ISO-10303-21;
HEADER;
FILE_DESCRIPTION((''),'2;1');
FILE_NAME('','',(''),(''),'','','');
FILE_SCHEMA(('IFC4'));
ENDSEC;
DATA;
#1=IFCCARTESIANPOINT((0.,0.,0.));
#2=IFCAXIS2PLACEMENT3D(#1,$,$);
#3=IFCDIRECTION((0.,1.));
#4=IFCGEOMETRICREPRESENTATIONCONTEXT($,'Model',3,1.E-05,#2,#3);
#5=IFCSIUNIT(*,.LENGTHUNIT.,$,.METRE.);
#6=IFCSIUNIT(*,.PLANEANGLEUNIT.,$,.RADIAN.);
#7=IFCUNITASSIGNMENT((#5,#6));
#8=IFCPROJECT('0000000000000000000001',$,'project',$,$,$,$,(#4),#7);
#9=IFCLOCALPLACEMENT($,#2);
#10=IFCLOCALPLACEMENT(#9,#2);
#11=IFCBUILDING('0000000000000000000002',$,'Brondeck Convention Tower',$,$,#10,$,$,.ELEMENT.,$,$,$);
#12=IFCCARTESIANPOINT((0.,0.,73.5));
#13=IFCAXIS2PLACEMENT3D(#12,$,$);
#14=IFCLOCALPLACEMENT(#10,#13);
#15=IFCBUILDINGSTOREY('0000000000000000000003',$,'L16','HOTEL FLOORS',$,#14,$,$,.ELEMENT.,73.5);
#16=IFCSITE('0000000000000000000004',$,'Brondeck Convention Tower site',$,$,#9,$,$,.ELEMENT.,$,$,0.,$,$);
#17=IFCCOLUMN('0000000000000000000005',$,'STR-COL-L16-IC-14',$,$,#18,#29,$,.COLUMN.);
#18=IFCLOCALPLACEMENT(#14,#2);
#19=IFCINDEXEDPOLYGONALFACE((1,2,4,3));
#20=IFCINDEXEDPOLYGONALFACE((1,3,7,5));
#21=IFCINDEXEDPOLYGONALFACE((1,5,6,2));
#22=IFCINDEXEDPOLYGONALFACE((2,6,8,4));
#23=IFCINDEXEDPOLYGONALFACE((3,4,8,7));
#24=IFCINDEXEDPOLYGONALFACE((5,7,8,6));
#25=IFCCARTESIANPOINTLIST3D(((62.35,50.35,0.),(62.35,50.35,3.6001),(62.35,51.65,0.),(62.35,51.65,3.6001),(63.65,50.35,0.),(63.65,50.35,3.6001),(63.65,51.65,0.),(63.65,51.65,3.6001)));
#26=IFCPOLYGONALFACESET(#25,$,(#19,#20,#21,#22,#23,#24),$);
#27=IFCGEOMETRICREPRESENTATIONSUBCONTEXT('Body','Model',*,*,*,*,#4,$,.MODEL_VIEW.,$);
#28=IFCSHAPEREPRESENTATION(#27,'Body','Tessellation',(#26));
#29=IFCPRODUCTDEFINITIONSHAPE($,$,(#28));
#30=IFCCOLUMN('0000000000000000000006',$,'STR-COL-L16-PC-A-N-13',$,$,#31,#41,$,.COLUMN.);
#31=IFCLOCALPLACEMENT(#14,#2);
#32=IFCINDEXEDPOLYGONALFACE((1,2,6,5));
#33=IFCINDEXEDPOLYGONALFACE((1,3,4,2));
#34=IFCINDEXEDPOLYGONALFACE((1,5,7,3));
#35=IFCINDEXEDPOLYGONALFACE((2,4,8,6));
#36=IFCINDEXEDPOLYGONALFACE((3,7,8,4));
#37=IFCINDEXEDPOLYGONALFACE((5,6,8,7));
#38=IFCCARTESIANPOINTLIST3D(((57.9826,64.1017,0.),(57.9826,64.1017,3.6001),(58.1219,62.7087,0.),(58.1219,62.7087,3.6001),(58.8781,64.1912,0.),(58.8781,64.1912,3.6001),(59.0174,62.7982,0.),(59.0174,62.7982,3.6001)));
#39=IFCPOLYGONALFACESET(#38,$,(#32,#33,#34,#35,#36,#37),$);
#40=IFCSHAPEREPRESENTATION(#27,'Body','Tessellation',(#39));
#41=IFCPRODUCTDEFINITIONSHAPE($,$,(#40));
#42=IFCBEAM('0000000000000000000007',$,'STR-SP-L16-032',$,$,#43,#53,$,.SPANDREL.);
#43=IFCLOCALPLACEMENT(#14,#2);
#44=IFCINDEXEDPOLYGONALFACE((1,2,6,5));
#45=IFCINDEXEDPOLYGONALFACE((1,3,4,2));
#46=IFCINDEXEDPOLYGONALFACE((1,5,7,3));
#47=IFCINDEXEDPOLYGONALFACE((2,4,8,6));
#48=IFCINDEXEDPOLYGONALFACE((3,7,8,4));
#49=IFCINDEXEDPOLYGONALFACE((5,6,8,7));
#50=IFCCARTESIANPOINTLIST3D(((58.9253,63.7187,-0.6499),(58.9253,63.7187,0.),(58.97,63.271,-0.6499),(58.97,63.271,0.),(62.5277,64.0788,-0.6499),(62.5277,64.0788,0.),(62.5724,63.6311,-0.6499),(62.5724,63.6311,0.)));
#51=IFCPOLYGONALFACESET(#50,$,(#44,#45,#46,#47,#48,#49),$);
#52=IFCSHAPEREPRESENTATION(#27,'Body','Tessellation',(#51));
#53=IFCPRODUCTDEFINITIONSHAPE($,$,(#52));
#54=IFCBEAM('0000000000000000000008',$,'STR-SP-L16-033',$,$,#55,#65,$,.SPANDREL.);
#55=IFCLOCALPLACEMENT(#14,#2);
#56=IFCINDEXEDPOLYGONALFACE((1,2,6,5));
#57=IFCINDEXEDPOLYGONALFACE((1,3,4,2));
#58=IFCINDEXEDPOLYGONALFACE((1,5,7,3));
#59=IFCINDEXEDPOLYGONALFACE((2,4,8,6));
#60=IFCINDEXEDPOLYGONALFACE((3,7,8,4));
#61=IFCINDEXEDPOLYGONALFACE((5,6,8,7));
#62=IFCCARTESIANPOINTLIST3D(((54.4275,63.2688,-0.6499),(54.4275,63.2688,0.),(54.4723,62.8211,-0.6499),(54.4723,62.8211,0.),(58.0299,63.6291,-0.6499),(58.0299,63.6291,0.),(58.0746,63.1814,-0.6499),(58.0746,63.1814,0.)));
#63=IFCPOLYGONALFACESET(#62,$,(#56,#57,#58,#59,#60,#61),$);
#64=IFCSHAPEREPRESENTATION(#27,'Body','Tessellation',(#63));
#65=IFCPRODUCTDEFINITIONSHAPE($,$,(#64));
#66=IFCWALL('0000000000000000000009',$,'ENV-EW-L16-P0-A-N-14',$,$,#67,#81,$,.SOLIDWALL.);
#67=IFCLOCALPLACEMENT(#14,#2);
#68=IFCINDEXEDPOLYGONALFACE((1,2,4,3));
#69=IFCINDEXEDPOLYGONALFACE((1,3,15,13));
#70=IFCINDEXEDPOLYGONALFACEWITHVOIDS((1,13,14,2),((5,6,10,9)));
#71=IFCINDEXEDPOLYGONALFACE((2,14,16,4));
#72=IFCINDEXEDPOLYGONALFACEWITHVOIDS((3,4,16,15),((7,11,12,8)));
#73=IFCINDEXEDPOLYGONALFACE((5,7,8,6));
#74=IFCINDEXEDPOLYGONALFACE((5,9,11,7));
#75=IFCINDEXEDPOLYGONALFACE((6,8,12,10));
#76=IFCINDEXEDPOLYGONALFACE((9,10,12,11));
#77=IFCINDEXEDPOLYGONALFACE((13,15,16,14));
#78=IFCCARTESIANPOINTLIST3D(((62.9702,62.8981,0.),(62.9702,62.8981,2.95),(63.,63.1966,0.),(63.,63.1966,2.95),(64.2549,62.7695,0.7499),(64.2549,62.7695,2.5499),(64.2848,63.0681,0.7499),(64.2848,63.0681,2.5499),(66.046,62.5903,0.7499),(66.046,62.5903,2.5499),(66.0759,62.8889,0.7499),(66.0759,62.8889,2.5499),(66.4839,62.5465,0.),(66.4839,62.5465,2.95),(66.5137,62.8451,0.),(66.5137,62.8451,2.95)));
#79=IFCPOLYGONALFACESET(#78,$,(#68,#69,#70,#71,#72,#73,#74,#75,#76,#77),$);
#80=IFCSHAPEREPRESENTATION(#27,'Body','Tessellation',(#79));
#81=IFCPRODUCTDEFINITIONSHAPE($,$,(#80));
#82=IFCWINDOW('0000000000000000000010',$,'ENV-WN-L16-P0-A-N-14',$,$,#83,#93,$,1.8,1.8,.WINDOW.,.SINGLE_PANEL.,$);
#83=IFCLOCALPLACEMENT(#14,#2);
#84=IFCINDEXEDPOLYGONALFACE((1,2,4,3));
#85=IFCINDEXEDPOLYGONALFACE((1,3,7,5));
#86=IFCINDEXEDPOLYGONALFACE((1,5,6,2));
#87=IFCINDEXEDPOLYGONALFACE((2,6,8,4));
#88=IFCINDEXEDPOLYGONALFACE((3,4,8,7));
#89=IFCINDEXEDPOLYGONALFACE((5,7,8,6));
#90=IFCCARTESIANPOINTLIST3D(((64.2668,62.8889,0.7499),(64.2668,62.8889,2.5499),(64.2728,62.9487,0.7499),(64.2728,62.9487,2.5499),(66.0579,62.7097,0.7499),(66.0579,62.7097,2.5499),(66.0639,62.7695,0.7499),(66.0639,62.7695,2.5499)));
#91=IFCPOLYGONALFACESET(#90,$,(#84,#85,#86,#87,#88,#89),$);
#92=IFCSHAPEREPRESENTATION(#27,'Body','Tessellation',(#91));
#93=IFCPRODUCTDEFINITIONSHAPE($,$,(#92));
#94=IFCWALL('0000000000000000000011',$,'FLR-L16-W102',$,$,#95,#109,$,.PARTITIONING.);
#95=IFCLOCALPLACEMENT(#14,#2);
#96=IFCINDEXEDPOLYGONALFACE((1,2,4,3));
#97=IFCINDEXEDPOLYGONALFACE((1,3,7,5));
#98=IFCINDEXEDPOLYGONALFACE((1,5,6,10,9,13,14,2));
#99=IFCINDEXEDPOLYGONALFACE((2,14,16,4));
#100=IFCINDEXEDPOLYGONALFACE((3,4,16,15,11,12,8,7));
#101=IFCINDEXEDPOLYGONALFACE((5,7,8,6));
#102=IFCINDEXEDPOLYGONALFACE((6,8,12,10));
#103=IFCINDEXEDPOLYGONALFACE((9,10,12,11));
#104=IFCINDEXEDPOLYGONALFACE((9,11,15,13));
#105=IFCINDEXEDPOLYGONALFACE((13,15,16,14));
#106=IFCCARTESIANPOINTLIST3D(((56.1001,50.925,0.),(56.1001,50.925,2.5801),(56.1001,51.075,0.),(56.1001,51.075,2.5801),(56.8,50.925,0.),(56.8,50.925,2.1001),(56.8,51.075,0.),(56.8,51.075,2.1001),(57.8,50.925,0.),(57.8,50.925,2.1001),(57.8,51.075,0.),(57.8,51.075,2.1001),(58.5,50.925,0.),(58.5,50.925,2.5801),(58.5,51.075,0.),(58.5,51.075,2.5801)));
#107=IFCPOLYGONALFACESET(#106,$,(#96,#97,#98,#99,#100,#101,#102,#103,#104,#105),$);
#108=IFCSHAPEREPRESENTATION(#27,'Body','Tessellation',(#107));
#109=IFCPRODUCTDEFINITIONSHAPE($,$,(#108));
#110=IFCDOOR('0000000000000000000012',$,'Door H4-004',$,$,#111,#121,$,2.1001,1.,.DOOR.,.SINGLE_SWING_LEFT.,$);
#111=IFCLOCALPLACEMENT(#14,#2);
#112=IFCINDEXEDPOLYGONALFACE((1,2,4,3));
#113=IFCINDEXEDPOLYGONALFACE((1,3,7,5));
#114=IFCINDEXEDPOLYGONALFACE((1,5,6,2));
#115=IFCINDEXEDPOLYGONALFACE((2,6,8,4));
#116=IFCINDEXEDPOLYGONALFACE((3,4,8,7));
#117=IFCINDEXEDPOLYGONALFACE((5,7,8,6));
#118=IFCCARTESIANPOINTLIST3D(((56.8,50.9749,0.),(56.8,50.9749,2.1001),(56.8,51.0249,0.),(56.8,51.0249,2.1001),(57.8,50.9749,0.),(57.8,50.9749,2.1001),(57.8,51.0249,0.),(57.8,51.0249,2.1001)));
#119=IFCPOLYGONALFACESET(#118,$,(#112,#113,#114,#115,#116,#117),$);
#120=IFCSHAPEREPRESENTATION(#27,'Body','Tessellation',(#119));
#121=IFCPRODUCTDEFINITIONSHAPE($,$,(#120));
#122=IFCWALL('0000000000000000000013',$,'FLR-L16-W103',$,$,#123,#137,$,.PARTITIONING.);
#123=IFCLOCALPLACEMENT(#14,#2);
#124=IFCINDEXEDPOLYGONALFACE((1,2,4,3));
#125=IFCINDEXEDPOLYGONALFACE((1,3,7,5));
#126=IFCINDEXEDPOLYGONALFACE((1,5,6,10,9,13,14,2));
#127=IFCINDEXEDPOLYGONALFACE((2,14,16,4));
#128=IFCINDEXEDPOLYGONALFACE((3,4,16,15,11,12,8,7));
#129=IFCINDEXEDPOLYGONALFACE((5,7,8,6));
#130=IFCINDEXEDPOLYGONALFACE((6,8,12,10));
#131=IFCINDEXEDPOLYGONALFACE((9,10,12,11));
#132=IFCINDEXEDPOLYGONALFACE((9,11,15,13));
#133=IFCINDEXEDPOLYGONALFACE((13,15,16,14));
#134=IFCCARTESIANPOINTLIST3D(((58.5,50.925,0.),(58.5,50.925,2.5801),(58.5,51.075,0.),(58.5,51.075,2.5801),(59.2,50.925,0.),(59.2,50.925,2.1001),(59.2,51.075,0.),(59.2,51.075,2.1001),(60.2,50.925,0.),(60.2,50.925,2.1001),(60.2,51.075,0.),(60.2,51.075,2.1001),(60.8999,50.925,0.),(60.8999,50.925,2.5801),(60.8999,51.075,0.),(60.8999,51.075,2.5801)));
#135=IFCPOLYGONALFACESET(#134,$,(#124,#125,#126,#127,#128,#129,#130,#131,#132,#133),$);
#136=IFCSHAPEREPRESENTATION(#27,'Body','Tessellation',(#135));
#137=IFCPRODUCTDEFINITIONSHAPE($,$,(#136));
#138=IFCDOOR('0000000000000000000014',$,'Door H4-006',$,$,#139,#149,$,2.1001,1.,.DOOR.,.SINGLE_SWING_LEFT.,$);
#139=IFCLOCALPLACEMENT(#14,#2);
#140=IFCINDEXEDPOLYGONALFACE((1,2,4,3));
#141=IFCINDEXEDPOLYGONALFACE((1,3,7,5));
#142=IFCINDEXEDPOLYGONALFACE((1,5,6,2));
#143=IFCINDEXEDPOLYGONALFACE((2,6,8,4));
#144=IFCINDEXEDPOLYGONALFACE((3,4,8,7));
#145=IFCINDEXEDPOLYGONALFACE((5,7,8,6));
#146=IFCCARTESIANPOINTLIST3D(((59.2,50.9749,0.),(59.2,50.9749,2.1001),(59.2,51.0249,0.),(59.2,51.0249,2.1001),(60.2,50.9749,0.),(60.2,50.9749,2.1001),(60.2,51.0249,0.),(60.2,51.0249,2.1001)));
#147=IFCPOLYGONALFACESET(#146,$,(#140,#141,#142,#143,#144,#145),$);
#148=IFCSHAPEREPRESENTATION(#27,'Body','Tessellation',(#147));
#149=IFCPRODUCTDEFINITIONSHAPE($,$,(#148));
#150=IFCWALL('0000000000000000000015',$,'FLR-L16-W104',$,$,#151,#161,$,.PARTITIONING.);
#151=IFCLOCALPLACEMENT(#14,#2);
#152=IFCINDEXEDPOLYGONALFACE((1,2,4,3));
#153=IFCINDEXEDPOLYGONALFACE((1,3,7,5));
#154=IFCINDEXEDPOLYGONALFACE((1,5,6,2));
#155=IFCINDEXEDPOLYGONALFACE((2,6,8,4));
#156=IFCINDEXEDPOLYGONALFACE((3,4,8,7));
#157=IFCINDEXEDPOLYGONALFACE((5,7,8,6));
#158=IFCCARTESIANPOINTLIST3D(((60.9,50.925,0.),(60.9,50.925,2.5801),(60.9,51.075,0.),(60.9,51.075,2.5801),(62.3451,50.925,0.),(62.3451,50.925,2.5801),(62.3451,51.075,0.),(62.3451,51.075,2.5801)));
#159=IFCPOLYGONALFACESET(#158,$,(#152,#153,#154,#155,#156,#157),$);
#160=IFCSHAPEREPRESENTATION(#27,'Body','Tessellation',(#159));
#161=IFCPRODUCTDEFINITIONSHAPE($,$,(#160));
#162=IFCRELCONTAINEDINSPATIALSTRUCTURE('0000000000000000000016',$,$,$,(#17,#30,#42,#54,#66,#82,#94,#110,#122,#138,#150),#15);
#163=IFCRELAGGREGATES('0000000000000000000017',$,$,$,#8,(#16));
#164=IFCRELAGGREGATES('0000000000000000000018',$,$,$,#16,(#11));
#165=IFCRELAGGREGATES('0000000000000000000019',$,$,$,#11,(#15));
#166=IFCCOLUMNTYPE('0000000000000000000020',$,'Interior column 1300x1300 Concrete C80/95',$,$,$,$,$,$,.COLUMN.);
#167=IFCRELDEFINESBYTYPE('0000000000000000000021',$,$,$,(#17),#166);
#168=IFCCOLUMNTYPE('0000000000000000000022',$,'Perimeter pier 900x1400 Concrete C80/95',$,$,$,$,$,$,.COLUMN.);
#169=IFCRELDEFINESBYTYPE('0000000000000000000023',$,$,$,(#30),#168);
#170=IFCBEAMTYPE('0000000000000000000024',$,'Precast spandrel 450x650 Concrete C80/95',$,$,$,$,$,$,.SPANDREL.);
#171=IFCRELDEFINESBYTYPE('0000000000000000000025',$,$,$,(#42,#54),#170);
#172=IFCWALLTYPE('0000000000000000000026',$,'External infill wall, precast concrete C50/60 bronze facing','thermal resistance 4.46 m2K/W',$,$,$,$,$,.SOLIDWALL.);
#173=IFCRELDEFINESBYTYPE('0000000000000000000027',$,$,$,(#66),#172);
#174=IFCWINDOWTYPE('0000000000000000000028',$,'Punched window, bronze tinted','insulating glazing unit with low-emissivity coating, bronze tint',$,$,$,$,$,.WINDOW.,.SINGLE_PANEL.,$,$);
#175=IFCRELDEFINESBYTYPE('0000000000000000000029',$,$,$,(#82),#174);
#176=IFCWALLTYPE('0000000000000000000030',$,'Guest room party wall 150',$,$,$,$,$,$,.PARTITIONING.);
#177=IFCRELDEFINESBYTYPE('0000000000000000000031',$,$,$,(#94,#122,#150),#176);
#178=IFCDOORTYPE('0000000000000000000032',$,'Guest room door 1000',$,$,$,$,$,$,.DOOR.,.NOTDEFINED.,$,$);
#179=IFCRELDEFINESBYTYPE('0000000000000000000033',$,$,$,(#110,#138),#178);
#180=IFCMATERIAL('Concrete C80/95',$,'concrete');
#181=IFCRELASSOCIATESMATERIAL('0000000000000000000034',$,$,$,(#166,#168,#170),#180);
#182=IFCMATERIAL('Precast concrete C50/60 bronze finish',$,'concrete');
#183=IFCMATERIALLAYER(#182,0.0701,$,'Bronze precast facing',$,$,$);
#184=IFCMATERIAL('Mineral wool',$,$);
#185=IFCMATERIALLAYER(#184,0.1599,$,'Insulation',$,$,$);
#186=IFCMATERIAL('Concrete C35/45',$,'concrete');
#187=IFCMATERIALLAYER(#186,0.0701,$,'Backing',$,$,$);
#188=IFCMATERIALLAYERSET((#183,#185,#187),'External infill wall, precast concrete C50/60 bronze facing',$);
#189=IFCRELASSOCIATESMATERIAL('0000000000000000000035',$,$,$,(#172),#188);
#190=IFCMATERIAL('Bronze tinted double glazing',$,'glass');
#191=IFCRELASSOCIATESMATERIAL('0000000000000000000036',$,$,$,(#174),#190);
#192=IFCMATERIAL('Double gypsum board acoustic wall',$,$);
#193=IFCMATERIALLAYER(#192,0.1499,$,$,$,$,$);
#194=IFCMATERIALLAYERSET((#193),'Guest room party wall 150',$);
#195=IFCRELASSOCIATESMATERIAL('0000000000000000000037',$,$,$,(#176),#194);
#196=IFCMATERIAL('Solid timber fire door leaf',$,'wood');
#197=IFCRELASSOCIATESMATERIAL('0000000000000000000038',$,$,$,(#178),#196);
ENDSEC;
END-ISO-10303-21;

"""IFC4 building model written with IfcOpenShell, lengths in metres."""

from ifc_helpers import new_model, si_unit, direction, frame, frame_2d, origin, origin_2d, place, context, subcontext, project, spatial, rectangle, extrude, material, layer, layer_set, material_profile, profile_set, type_object, element, fill, save


model = new_model("IFC4")

# Units and contexts
model_context = context("Model", 3, precision=1e-05, world=origin(), true_north=direction((0.0, 1.0)))
body_context = subcontext(model_context, "Body", "Model", "MODEL_VIEW")
ifc_project = project(units=[si_unit("LENGTHUNIT", "METRE"), si_unit("PLANEANGLEUNIT", "RADIAN")], contexts=[model_context])

# Site, building, storey
site_placement = place(None, origin())
site = spatial("IfcSite", under=ifc_project, at=site_placement, Name="Brondeck Convention Tower site", CompositionType="ELEMENT", RefElevation=0.0)
building_placement = place(site_placement, origin())
building = spatial("IfcBuilding", under=site, at=building_placement, Name="Brondeck Convention Tower", CompositionType="ELEMENT")
storey_placement = place(building_placement, frame((0.0, 0.0, 73.5)))
storey = spatial("IfcBuildingStorey", under=building, at=storey_placement, Name="L16", Description="HOTEL FLOORS", CompositionType="ELEMENT", Elevation=73.5)

# Columns
ifc_material_1 = material(Name="Concrete C80/95", Category="concrete")
ifc_material_profile_1 = material_profile(ifc_material_1, rectangle(XDim=1.3, YDim=1.3, at=origin_2d()), Name="Interior column 1300x1300 Concrete C80/95")
ifc_profile_set_1 = profile_set([ifc_material_profile_1], Name="Concrete C80/95")
column_type_1 = type_object("IfcColumnType", Name="Interior column 1300x1300 Concrete C80/95", PredefinedType="COLUMN", material=ifc_profile_set_1)
column_1_placement = place(storey_placement, frame((63.0, 51.0, 0.0), z_axis=(0.0, 0.0, 1.0), x_axis=(1.0, 0.0, 0.0)))
element("IfcColumn", 1, at=column_1_placement, inside=storey, type_object=column_type_1, Name="STR-COL-L16-IC-14", PredefinedType="COLUMN", context=body_context, shape_type="SweptSolid", body=[
    extrude(rectangle(XDim=1.3, YDim=1.3, at=origin_2d()), origin(), (0.0, 0.0, 1.0), 3.6001),
])
ifc_material_profile_2 = material_profile(ifc_material_1, rectangle(XDim=0.8999, YDim=1.3999, at=origin_2d()), Name="Perimeter pier 900x1400 Concrete C80/95")
ifc_profile_set_2 = profile_set([ifc_material_profile_2], Name="Concrete C80/95")
column_type_2 = type_object("IfcColumnType", Name="Perimeter pier 900x1400 Concrete C80/95", PredefinedType="COLUMN", material=ifc_profile_set_2)
column_2_placement = place(storey_placement, frame((58.5, 63.45, 0.0), z_axis=(0.0, 0.0, 1.0), x_axis=(-0.995037, -0.099504, 0.0)))
element("IfcColumn", 2, at=column_2_placement, inside=storey, type_object=column_type_2, Name="STR-COL-L16-PC-A-N-13", PredefinedType="COLUMN", context=body_context, shape_type="SweptSolid", body=[
    extrude(rectangle(XDim=0.8999, YDim=1.3999, at=origin_2d()), origin(), (0.0, 0.0, 1.0), 3.6001),
])

# Beams
ifc_material_profile_3 = material_profile(ifc_material_1, rectangle(XDim=0.45, YDim=0.6499, at=origin_2d()), Name="Precast spandrel 450x650 Concrete C80/95")
ifc_profile_set_3 = profile_set([ifc_material_profile_3], Name="Concrete C80/95")
beam_type = type_object("IfcBeamType", Name="Precast spandrel 450x650 Concrete C80/95", PredefinedType="SPANDREL", material=ifc_profile_set_3)
for number, where, z_axis, x_axis, name in (
    (3, (62.55, 63.855, -0.325), (-0.995041, -0.09947, 0.0), (0.09947, -0.995041, 0.0), "STR-SP-L16-032"),
    (4, (58.0522, 63.4053, -0.325), (-0.995034, -0.099537, 0.0), (0.099537, -0.995034, 0.0), "STR-SP-L16-033"),
):
    element("IfcBeam", number, at=place(storey_placement, frame(where, z_axis=z_axis, x_axis=x_axis)), inside=storey, type_object=beam_type, Name=name, PredefinedType="SPANDREL", context=body_context, shape_type="SweptSolid", body=[
        extrude(rectangle(XDim=0.45, YDim=0.6499, at=origin_2d()), origin(), (0.0, 0.0, 1.0), 3.6204),
    ])

# Wall, opening, window
ifc_material_2 = material(Name="Precast concrete C50/60 bronze finish", Category="concrete")
ifc_layer_1 = layer(ifc_material_2, 0.0701, Name="Bronze precast facing")
ifc_material_3 = material(Name="Mineral wool")
ifc_layer_2 = layer(ifc_material_3, 0.1599, Name="Insulation")
ifc_material_4 = material(Name="Concrete C35/45", Category="concrete")
ifc_layer_3 = layer(ifc_material_4, 0.0701, Name="Backing")
ifc_layer_set_1 = layer_set([ifc_layer_1, ifc_layer_2, ifc_layer_3], Name="External infill wall, precast concrete C50/60 bronze facing")
wall_type_1 = type_object("IfcWallType", Name="External infill wall, precast concrete C50/60 bronze facing", Description="thermal resistance 4.46 m2K/W", PredefinedType="SOLIDWALL", material=ifc_layer_set_1)
wall_1_placement = place(storey_placement, frame((62.9851, 63.0474, 0.0), z_axis=(0.0, 0.0, 1.0), x_axis=(0.995032, -0.099558, 0.0)))
wall_1 = element("IfcWall", 5, at=wall_1_placement, inside=storey, type_object=wall_type_1, Name="ENV-EW-L16-P0-A-N-14", PredefinedType="SOLIDWALL", context=body_context, shape_type="SweptSolid", body=[
    extrude(rectangle(XDim=3.5312, YDim=0.3, at=frame_2d((1.7656, 0.0))), origin(), (0.0, 0.0, 1.0), 2.95),
])
opening_1_placement = place(wall_1_placement, frame((1.2913, 0.0, 0.75)))
opening_1 = element("IfcOpeningElement", 6, at=opening_1_placement, cuts=wall_1, PredefinedType="OPENING", context=body_context, shape_type="SweptSolid", body=[
    extrude(rectangle(XDim=1.8, YDim=1.8, at=frame_2d((0.8999, 0.8999))), frame((0.0, 0.1599, 0.0), z_axis=(0.0, -1.0, 0.0), x_axis=(1.0, 0.0, 0.0)), (0.0, 0.0, 1.0), 0.3201),
])
ifc_material_5 = material(Name="Bronze tinted double glazing", Category="glass")
window_type = type_object("IfcWindowType", Name="Punched window, bronze tinted", Description="insulating glazing unit with low-emissivity coating, bronze tint", PartitioningType="SINGLE_PANEL", PredefinedType="WINDOW", material=ifc_material_5)
window_placement = place(opening_1_placement, origin())
window = element("IfcWindow", 7, at=window_placement, inside=storey, type_object=window_type, Name="ENV-WN-L16-P0-A-N-14", OverallHeight=1.8, OverallWidth=1.8, PartitioningType="SINGLE_PANEL", PredefinedType="WINDOW", context=body_context, shape_type="SweptSolid", body=[
    extrude(rectangle(XDim=1.8, YDim=1.8, at=frame_2d((0.8999, 0.8999))), frame((0.0, 0.03, 0.0), z_axis=(0.0, -1.0, 0.0), x_axis=(1.0, 0.0, 0.0)), (0.0, 0.0, 1.0), 0.0601),
])
fill(opening_1, window)

# Walls, openings, doors
ifc_material_6 = material(Name="Double gypsum board acoustic wall")
ifc_layer_4 = layer(ifc_material_6, 0.1499)
ifc_layer_set_2 = layer_set([ifc_layer_4], Name="Guest room party wall 150")
wall_type_2 = type_object("IfcWallType", Name="Guest room party wall 150", PredefinedType="PARTITIONING", material=ifc_layer_set_2)
wall_2_placement = place(storey_placement, frame((56.1001, 51.0, 0.0), z_axis=(0.0, 0.0, 1.0), x_axis=(1.0, 0.0, 0.0)))
wall_2 = element("IfcWall", 8, at=wall_2_placement, inside=storey, type_object=wall_type_2, Name="FLR-L16-W102", PredefinedType="PARTITIONING", context=body_context, shape_type="SweptSolid", body=[
    extrude(rectangle(XDim=2.3999, YDim=0.1499, at=frame_2d((1.2, 0.0))), origin(), (0.0, 0.0, 1.0), 2.5801),
])
opening_2_placement = place(wall_2_placement, frame((0.7, 0.0, 0.0)))
opening_2 = element("IfcOpeningElement", 9, at=opening_2_placement, cuts=wall_2, PredefinedType="OPENING", context=body_context, shape_type="SweptSolid", body=[
    extrude(rectangle(XDim=1.0, YDim=2.1001, at=frame_2d((0.5, 1.05))), frame((0.0, 0.085, 0.0), z_axis=(0.0, -1.0, 0.0), x_axis=(1.0, 0.0, 0.0)), (0.0, 0.0, 1.0), 0.1699),
])
ifc_material_7 = material(Name="Solid timber fire door leaf", Category="wood")
door_type_1 = type_object("IfcDoorType", Name="Guest room door 1000", OperationType="NOTDEFINED", PredefinedType="DOOR", material=ifc_material_7)
door_1_placement = place(opening_2_placement, origin())
door_1 = element("IfcDoor", 10, at=door_1_placement, inside=storey, type_object=door_type_1, Name="Door H4-004", OperationType="SINGLE_SWING_LEFT", OverallHeight=2.1001, OverallWidth=1.0, PredefinedType="DOOR", context=body_context, shape_type="SweptSolid", body=[
    extrude(rectangle(XDim=1.0, YDim=2.1001, at=frame_2d((0.5, 1.05))), frame((0.0, 0.0249, 0.0), z_axis=(0.0, -1.0, 0.0), x_axis=(1.0, 0.0, 0.0)), (0.0, 0.0, 1.0), 0.05),
])
fill(opening_2, door_1)
wall_3_placement = place(storey_placement, frame((58.5, 51.0, 0.0), z_axis=(0.0, 0.0, 1.0), x_axis=(1.0, 0.0, 0.0)))
wall_3 = element("IfcWall", 11, at=wall_3_placement, inside=storey, type_object=wall_type_2, Name="FLR-L16-W103", PredefinedType="PARTITIONING", context=body_context, shape_type="SweptSolid", body=[
    extrude(rectangle(XDim=2.3999, YDim=0.1499, at=frame_2d((1.2, 0.0))), origin(), (0.0, 0.0, 1.0), 2.5801),
])
opening_3_placement = place(wall_3_placement, frame((0.7, 0.0, 0.0)))
opening_3 = element("IfcOpeningElement", 12, at=opening_3_placement, cuts=wall_3, PredefinedType="OPENING", context=body_context, shape_type="SweptSolid", body=[
    extrude(rectangle(XDim=1.0, YDim=2.1001, at=frame_2d((0.5, 1.05))), frame((0.0, 0.085, 0.0), z_axis=(0.0, -1.0, 0.0), x_axis=(1.0, 0.0, 0.0)), (0.0, 0.0, 1.0), 0.1699),
])
door_2_placement = place(opening_3_placement, origin())
door_2 = element("IfcDoor", 13, at=door_2_placement, inside=storey, type_object=door_type_1, Name="Door H4-006", OperationType="SINGLE_SWING_LEFT", OverallHeight=2.1001, OverallWidth=1.0, PredefinedType="DOOR", context=body_context, shape_type="SweptSolid", body=[
    extrude(rectangle(XDim=1.0, YDim=2.1001, at=frame_2d((0.5, 1.05))), frame((0.0, 0.0249, 0.0), z_axis=(0.0, -1.0, 0.0), x_axis=(1.0, 0.0, 0.0)), (0.0, 0.0, 1.0), 0.05),
])
fill(opening_3, door_2)

# Wall
wall_4_placement = place(storey_placement, frame((60.8999, 51.0, 0.0), z_axis=(0.0, 0.0, 1.0), x_axis=(1.0, 0.0, 0.0)))
element("IfcWall", 14, at=wall_4_placement, inside=storey, type_object=wall_type_2, Name="FLR-L16-W104", PredefinedType="PARTITIONING", context=body_context, shape_type="SweptSolid", body=[
    extrude(rectangle(XDim=1.4451, YDim=0.1499, at=frame_2d((0.7227, 0.0))), origin(), (0.0, 0.0, 1.0), 2.5801),
])

save(model, "model.ifc")
